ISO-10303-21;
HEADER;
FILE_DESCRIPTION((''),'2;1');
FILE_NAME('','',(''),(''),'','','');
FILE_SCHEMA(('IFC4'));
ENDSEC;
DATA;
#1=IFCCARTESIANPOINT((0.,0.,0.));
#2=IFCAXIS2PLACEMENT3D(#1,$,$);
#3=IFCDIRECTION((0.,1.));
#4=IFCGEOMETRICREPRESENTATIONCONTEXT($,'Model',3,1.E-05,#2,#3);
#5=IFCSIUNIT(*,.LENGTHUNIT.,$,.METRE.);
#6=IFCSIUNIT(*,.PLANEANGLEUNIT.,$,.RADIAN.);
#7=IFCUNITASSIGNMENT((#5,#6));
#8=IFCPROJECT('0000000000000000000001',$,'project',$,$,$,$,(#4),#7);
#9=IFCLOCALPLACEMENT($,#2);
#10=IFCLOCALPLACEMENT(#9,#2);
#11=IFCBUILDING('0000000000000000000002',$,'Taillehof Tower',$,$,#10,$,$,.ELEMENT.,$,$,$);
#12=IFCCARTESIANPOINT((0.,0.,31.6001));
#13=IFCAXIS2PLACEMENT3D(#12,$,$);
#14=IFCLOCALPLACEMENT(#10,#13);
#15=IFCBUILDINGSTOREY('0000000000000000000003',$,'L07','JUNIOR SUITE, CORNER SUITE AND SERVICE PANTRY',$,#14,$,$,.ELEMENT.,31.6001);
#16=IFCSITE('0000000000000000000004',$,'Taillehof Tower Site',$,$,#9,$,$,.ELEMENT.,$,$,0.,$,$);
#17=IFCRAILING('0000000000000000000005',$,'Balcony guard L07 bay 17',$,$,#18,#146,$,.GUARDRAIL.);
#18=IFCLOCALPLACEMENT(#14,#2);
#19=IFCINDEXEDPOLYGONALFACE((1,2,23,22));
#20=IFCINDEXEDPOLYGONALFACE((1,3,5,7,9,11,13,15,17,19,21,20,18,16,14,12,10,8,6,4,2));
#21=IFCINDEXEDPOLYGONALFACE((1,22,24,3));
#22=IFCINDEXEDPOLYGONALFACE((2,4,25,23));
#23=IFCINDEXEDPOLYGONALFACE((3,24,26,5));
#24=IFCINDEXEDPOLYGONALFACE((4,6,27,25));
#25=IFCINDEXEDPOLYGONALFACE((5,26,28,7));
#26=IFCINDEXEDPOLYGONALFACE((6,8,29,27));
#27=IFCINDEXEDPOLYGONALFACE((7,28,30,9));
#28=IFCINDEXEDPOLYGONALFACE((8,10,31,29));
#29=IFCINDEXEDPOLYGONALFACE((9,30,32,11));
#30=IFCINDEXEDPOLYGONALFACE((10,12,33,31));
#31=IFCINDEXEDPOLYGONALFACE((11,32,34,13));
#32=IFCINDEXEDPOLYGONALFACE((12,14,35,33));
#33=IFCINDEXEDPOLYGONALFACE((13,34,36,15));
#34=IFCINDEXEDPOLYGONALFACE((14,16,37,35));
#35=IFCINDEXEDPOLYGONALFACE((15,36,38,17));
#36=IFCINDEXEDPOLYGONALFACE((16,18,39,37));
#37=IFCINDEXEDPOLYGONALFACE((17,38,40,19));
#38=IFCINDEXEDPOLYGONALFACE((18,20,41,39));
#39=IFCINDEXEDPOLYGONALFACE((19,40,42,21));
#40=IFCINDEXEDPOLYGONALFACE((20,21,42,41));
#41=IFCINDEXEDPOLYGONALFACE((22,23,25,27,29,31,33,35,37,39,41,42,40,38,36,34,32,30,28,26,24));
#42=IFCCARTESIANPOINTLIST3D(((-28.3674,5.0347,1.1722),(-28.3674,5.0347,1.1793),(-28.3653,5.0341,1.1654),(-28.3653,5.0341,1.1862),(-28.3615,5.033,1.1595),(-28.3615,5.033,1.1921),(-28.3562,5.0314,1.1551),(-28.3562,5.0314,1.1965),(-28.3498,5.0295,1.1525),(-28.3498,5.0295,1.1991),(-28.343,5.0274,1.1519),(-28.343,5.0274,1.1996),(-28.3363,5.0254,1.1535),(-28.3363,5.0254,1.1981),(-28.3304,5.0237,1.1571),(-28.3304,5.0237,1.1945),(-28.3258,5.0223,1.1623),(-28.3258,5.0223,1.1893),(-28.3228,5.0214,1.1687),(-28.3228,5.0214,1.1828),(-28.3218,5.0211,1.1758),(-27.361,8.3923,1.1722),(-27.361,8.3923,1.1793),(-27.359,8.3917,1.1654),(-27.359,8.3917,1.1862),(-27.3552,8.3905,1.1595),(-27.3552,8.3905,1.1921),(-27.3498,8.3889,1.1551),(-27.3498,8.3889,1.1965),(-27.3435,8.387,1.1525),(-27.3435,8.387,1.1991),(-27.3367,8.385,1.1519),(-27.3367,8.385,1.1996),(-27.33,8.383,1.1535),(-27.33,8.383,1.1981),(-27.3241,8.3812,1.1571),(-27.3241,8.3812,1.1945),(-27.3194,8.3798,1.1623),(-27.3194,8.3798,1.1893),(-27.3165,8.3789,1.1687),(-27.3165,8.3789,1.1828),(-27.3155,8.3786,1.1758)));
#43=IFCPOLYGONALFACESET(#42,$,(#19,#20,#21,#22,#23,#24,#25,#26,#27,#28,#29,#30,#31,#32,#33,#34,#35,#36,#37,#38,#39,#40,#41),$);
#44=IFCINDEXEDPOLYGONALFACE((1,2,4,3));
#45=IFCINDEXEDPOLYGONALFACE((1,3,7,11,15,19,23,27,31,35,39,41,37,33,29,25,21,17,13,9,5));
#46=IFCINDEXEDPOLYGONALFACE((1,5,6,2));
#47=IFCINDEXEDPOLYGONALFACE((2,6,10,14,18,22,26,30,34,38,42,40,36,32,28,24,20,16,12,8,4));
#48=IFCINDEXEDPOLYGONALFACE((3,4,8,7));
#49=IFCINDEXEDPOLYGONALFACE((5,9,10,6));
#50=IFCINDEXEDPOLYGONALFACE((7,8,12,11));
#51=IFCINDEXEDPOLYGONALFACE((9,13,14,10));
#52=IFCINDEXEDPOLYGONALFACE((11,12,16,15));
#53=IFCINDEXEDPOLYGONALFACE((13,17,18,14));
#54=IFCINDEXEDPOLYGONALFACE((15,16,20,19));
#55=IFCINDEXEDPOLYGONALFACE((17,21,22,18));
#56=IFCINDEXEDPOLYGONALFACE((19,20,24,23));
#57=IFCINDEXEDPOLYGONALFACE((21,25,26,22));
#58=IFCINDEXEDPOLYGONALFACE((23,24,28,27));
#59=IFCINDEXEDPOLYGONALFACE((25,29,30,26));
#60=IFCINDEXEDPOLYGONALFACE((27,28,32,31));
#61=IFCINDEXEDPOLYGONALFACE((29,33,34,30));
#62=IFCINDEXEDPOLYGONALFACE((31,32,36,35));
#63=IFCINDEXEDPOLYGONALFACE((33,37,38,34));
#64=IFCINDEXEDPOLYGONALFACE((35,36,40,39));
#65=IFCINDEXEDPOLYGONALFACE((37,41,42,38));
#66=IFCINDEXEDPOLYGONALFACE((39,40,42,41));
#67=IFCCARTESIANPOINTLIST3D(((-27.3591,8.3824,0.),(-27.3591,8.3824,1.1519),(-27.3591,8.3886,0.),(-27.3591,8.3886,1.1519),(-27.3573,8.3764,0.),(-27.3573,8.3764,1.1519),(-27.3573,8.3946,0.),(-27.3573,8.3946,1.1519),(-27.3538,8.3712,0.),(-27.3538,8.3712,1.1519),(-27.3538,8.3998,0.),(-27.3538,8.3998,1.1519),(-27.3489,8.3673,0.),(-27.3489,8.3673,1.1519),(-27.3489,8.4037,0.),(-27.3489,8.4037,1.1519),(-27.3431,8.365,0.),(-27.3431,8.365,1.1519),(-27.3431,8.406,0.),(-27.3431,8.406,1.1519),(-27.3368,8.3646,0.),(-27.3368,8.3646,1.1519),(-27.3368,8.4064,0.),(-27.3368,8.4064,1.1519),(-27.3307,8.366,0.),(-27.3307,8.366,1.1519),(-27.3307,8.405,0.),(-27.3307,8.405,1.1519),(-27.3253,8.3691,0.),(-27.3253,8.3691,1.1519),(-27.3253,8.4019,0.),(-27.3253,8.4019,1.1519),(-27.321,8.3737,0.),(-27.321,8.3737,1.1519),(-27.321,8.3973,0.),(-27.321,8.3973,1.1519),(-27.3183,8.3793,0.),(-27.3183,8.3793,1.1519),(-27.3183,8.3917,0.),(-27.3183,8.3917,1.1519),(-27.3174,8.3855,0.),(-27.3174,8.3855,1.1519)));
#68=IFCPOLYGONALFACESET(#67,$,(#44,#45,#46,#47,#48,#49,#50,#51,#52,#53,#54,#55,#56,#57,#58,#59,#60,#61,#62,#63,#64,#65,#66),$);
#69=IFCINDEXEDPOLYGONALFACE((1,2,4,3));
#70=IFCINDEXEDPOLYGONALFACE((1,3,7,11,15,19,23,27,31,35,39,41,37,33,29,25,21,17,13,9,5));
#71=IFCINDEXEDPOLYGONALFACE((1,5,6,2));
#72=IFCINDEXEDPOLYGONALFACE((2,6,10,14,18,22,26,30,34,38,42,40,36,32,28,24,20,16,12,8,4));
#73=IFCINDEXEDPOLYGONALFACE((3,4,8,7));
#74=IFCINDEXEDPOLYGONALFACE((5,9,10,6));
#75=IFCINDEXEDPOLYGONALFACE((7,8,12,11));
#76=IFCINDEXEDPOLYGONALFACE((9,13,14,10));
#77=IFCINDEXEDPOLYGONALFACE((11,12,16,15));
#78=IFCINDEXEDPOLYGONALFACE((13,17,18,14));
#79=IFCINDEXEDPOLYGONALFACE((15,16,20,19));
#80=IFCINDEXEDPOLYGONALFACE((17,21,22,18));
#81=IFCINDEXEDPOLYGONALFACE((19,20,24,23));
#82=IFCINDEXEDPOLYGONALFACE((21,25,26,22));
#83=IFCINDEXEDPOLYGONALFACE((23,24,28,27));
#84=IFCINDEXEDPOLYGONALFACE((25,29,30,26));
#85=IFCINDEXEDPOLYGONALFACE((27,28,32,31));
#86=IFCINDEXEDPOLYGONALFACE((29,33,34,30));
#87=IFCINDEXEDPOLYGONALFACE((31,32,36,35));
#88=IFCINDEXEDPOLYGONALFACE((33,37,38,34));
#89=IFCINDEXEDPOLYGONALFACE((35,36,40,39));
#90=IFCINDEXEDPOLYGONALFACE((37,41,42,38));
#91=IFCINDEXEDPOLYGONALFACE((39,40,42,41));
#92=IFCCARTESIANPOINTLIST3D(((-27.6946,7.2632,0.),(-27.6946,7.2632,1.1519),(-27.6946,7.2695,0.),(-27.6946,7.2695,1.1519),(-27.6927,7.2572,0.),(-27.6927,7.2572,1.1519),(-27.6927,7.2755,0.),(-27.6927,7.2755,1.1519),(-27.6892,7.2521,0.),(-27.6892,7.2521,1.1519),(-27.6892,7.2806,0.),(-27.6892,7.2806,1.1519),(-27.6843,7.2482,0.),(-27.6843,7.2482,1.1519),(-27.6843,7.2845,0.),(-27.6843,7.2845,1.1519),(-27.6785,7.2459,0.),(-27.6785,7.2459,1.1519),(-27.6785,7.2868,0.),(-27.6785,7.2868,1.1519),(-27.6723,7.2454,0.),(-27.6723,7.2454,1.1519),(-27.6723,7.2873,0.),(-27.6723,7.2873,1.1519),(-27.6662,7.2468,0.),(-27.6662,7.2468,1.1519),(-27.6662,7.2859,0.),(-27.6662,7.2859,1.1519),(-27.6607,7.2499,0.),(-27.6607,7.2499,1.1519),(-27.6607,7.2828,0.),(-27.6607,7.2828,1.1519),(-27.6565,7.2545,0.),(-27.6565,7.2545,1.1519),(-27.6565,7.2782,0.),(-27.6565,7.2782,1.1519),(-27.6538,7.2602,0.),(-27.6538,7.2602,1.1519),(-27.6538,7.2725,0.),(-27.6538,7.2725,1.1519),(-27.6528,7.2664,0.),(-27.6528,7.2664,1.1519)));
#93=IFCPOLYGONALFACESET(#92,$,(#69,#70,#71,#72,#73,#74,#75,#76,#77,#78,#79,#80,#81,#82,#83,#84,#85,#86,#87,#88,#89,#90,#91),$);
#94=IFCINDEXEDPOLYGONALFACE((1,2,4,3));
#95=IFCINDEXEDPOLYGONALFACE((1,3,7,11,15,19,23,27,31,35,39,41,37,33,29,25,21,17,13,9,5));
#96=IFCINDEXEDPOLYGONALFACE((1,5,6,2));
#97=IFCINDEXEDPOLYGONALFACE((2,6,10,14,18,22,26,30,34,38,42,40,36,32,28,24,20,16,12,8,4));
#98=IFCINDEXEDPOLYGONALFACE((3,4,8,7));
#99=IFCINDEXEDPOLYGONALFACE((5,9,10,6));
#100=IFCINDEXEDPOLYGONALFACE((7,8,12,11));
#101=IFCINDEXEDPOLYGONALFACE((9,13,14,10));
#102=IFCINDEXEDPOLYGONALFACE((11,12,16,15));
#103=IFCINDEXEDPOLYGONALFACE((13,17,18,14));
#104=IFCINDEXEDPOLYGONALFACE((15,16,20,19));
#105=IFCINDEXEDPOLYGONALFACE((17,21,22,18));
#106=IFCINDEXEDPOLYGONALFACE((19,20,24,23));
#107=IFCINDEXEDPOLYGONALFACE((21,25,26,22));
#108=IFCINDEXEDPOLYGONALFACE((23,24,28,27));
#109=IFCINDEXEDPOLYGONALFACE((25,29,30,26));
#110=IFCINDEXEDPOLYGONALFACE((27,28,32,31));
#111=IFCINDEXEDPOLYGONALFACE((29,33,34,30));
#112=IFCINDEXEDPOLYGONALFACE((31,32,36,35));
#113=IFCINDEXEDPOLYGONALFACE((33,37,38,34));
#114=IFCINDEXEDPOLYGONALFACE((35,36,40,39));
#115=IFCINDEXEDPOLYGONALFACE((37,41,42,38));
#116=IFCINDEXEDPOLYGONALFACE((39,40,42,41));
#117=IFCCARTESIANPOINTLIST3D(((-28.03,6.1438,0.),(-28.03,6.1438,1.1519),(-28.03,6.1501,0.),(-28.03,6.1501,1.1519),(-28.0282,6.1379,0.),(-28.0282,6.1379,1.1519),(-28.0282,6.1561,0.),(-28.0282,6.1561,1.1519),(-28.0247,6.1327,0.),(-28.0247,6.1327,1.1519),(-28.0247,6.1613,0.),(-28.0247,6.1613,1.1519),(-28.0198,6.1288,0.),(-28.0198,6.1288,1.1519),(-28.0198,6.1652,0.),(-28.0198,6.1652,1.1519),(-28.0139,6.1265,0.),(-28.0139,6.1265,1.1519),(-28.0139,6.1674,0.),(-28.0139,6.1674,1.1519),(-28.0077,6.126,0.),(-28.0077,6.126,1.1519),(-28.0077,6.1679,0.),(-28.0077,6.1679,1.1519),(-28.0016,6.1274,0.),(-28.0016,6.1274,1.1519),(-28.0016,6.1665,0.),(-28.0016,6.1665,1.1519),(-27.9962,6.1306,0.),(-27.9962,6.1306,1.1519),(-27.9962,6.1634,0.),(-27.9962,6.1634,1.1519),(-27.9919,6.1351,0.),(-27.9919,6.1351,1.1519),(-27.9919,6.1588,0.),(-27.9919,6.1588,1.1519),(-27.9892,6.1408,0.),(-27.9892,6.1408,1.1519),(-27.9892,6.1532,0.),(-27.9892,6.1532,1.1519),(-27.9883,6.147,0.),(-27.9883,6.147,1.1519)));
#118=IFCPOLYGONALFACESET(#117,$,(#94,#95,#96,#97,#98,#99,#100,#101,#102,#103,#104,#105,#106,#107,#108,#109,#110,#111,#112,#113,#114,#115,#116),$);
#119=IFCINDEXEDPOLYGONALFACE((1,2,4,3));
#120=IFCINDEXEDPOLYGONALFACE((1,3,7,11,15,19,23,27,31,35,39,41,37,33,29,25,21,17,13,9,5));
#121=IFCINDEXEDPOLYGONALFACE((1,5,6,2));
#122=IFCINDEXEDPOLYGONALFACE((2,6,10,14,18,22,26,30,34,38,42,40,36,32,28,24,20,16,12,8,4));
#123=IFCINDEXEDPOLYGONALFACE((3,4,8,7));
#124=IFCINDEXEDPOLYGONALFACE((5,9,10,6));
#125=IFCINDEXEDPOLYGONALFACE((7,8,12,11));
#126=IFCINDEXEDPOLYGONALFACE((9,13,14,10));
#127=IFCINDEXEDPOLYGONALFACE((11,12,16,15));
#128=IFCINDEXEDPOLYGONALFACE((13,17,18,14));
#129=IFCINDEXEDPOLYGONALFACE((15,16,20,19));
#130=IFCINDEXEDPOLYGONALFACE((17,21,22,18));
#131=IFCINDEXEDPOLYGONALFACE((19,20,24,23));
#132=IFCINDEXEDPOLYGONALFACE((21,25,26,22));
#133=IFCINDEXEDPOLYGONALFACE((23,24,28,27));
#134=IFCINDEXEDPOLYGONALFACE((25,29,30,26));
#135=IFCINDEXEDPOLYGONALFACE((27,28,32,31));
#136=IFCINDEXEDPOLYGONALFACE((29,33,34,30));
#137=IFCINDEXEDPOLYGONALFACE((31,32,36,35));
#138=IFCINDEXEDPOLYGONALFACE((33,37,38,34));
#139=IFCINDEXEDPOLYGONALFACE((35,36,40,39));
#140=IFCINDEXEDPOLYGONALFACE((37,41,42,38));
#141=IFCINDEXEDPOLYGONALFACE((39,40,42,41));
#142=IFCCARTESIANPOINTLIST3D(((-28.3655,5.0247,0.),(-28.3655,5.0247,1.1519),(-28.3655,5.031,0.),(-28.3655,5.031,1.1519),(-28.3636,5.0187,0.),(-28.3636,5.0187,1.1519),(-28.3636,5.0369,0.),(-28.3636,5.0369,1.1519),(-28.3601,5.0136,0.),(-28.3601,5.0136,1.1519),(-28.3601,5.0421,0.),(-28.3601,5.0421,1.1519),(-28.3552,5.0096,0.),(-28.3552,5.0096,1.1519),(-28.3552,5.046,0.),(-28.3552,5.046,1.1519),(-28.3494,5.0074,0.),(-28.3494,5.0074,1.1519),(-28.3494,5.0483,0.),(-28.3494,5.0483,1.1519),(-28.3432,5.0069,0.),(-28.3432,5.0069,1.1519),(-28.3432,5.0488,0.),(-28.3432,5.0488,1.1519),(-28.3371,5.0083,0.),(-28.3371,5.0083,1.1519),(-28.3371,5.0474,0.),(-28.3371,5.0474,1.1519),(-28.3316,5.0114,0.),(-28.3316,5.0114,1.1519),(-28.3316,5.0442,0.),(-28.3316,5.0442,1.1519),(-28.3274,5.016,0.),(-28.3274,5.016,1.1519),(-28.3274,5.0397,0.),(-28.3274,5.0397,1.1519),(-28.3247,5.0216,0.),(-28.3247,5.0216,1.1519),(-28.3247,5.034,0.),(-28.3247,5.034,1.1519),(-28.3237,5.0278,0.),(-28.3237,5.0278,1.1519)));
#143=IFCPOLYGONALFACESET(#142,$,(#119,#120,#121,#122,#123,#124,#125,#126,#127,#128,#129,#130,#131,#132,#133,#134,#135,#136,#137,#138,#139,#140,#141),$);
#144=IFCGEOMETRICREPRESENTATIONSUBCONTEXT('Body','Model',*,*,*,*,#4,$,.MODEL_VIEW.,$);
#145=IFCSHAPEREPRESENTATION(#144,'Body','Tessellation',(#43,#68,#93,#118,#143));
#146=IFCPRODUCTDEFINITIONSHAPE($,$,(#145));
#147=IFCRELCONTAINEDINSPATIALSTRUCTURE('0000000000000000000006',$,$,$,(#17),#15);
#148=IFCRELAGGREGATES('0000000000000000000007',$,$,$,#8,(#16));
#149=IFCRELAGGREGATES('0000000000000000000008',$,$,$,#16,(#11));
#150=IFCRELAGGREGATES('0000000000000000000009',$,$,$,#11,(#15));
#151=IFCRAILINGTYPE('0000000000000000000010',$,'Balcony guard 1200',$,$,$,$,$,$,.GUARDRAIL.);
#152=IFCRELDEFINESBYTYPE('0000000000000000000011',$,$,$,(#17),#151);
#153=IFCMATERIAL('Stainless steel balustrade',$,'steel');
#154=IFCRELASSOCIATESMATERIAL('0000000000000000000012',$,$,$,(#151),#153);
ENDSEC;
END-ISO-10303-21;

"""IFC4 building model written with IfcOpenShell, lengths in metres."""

from ifc_helpers import new_model, si_unit, direction, frame, origin, origin_2d, place, context, subcontext, project, spatial, circle, extrude, material, type_object, element, save


model = new_model("IFC4")

# Units and contexts
model_context = context("Model", 3, precision=1e-05, world=origin(), true_north=direction((0.0, 1.0)))
body_context = subcontext(model_context, "Body", "Model", "MODEL_VIEW")
ifc_project = project(units=[si_unit("LENGTHUNIT", "METRE"), si_unit("PLANEANGLEUNIT", "RADIAN")], contexts=[model_context])

# Site, building, storey
site_placement = place(None, origin())
site = spatial("IfcSite", under=ifc_project, at=site_placement, Name="Taillehof Tower Site", CompositionType="ELEMENT", RefElevation=0.0)
building_placement = place(site_placement, origin())
building = spatial("IfcBuilding", under=site, at=building_placement, Name="Taillehof Tower", CompositionType="ELEMENT")
storey_placement = place(building_placement, frame((0.0, 0.0, 31.6001)))
storey = spatial("IfcBuildingStorey", under=building, at=storey_placement, Name="L07", Description="JUNIOR SUITE, CORNER SUITE AND SERVICE PANTRY", CompositionType="ELEMENT", Elevation=31.6001)

# Railing
ifc_material_1 = material(Name="Stainless steel balustrade", Category="steel")
railing_type_1 = type_object("IfcRailingType", Name="Balcony guard 1200", PredefinedType="GUARDRAIL", material=ifc_material_1)
railing_1_placement = place(storey_placement, frame((-27.3384, 8.3855, 0.0)))
element("IfcRailing", 1, at=railing_1_placement, inside=storey, type_object=railing_type_1, Name="Balcony guard L07 bay 17", PredefinedType="GUARDRAIL", context=body_context, shape_type="SweptSolid", body=[
    extrude(circle(Radius=0.0239, at=origin_2d()), frame((0.0, 0.0, 1.1758), z_axis=(-0.287099, -0.957901, 0.0), x_axis=(0.957901, -0.287099, 0.0)), (0.0, 0.0, 1.0), 3.5051),
    extrude(circle(Radius=0.021, at=origin_2d()), origin(), (0.0, 0.0, 1.0), 1.1519),
    extrude(circle(Radius=0.021, at=origin_2d()), frame((-0.3354, -1.1191, 0.0)), (0.0, 0.0, 1.0), 1.1519),
    extrude(circle(Radius=0.021, at=origin_2d()), frame((-0.6709, -2.2385, 0.0)), (0.0, 0.0, 1.0), 1.1519),
    extrude(circle(Radius=0.021, at=origin_2d()), frame((-1.0063, -3.3577, 0.0)), (0.0, 0.0, 1.0), 1.1519),
])

save(model, "model.ifc")
